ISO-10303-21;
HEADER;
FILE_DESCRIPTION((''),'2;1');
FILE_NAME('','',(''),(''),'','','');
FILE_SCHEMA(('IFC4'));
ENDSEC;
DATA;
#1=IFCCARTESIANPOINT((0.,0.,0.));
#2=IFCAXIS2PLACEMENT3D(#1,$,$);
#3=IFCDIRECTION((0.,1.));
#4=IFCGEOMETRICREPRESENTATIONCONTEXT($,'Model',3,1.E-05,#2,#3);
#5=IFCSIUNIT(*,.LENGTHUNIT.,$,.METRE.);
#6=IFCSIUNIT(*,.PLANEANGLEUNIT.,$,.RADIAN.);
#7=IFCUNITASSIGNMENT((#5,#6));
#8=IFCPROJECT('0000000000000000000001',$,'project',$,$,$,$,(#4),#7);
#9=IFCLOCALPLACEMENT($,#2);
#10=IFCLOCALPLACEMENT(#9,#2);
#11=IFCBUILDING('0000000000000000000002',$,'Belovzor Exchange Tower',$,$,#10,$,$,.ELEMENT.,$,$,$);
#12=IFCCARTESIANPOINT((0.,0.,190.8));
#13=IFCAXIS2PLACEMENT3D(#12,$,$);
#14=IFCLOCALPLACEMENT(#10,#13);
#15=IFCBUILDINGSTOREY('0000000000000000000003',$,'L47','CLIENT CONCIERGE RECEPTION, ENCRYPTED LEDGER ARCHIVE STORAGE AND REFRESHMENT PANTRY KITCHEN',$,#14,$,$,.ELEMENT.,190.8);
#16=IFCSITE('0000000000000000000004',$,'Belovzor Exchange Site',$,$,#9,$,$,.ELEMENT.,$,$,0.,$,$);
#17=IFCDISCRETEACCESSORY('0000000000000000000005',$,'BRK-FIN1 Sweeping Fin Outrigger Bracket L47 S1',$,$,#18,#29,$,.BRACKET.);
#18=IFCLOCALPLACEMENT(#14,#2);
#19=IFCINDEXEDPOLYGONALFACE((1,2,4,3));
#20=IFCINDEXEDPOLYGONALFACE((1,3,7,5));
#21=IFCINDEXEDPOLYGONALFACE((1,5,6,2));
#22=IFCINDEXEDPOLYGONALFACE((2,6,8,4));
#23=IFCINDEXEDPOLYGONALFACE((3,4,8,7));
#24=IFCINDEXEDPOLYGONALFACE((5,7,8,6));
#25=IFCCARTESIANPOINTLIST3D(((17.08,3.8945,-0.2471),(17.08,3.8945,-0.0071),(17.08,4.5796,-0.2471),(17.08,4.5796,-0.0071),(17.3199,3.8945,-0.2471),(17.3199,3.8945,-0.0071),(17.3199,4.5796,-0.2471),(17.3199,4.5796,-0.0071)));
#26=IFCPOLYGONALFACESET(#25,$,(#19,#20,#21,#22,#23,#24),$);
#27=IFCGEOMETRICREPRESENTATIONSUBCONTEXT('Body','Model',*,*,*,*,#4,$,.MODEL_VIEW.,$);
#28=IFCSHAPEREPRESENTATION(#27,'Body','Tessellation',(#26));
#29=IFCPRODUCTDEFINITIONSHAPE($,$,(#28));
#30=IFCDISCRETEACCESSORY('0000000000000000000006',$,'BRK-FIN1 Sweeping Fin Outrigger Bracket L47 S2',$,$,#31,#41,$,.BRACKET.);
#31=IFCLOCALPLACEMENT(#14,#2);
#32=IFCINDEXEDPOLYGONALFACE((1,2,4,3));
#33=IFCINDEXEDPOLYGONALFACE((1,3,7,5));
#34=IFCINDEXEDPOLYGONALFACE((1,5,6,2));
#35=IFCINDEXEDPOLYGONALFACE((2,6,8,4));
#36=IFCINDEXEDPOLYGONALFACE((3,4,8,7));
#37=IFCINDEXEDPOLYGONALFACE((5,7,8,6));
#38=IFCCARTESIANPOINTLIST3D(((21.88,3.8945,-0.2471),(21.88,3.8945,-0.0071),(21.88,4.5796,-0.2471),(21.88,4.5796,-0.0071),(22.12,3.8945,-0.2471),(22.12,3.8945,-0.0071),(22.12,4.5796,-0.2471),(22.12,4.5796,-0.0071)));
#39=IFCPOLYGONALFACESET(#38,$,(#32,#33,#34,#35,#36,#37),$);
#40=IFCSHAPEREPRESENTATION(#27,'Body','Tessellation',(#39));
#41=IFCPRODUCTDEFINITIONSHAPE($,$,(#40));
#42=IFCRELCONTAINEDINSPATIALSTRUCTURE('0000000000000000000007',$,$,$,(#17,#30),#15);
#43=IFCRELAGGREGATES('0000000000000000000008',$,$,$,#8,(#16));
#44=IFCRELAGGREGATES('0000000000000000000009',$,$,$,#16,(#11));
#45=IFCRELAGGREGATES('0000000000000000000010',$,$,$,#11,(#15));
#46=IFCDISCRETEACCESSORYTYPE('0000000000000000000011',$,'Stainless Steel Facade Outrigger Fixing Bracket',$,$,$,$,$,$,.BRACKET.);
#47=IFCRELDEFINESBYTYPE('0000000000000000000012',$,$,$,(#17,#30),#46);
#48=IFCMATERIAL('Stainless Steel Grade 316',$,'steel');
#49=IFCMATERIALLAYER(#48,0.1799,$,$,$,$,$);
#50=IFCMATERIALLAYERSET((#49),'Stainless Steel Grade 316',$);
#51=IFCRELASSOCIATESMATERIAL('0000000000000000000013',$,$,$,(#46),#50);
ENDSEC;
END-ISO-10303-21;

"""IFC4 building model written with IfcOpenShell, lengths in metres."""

from ifc_helpers import new_model, si_unit, direction, frame, origin, origin_2d, place, context, subcontext, project, spatial, rectangle, extrude, material, layer, layer_set, type_object, element, save


model = new_model("IFC4")

# Units and contexts
model_context = context("Model", 3, precision=1e-05, world=origin(), true_north=direction((0.0, 1.0)))
body_context = subcontext(model_context, "Body", "Model", "MODEL_VIEW")
ifc_project = project(units=[si_unit("LENGTHUNIT", "METRE"), si_unit("PLANEANGLEUNIT", "RADIAN")], contexts=[model_context])

# Site, building, storey
site_placement = place(None, origin())
site = spatial("IfcSite", under=ifc_project, at=site_placement, Name="Belovzor Exchange Site", CompositionType="ELEMENT", RefElevation=0.0)
building_placement = place(site_placement, origin())
building = spatial("IfcBuilding", under=site, at=building_placement, Name="Belovzor Exchange Tower", CompositionType="ELEMENT")
storey_placement = place(building_placement, frame((0.0, 0.0, 190.8)))
storey = spatial("IfcBuildingStorey", under=building, at=storey_placement, Name="L47", Description="CLIENT CONCIERGE RECEPTION, ENCRYPTED LEDGER ARCHIVE STORAGE AND REFRESHMENT PANTRY KITCHEN", CompositionType="ELEMENT", Elevation=190.8)

# Discrete accessories
ifc_material_1 = material(Name="Stainless Steel Grade 316", Category="steel")
ifc_layer_1 = layer(ifc_material_1, 0.1799)
ifc_layer_set_1 = layer_set([ifc_layer_1], Name="Stainless Steel Grade 316")
discrete_accessory_type = type_object("IfcDiscreteAccessoryType", Name="Stainless Steel Facade Outrigger Fixing Bracket", PredefinedType="BRACKET", material=ifc_layer_set_1)
for number, where, z_axis, x_axis, name in (
    (1, (17.2, 4.2371, -0.2471), (0.0, 0.0, 1.0), (0.0, 1.0, 0.0), "BRK-FIN1 Sweeping Fin Outrigger Bracket L47 S1"),
    (2, (22.0, 4.2371, -0.2471), (0.0, 0.0, 1.0), (0.0, 1.0, 0.0), "BRK-FIN1 Sweeping Fin Outrigger Bracket L47 S2"),
):
    element("IfcDiscreteAccessory", number, at=place(storey_placement, frame(where, z_axis=z_axis, x_axis=x_axis)), inside=storey, type_object=discrete_accessory_type, Name=name, PredefinedType="BRACKET", context=body_context, shape_type="SweptSolid", body=[
        extrude(rectangle(XDim=0.6851, YDim=0.24, at=origin_2d()), origin(), (0.0, 0.0, 1.0), 0.24),
    ])

save(model, "model.ifc")
